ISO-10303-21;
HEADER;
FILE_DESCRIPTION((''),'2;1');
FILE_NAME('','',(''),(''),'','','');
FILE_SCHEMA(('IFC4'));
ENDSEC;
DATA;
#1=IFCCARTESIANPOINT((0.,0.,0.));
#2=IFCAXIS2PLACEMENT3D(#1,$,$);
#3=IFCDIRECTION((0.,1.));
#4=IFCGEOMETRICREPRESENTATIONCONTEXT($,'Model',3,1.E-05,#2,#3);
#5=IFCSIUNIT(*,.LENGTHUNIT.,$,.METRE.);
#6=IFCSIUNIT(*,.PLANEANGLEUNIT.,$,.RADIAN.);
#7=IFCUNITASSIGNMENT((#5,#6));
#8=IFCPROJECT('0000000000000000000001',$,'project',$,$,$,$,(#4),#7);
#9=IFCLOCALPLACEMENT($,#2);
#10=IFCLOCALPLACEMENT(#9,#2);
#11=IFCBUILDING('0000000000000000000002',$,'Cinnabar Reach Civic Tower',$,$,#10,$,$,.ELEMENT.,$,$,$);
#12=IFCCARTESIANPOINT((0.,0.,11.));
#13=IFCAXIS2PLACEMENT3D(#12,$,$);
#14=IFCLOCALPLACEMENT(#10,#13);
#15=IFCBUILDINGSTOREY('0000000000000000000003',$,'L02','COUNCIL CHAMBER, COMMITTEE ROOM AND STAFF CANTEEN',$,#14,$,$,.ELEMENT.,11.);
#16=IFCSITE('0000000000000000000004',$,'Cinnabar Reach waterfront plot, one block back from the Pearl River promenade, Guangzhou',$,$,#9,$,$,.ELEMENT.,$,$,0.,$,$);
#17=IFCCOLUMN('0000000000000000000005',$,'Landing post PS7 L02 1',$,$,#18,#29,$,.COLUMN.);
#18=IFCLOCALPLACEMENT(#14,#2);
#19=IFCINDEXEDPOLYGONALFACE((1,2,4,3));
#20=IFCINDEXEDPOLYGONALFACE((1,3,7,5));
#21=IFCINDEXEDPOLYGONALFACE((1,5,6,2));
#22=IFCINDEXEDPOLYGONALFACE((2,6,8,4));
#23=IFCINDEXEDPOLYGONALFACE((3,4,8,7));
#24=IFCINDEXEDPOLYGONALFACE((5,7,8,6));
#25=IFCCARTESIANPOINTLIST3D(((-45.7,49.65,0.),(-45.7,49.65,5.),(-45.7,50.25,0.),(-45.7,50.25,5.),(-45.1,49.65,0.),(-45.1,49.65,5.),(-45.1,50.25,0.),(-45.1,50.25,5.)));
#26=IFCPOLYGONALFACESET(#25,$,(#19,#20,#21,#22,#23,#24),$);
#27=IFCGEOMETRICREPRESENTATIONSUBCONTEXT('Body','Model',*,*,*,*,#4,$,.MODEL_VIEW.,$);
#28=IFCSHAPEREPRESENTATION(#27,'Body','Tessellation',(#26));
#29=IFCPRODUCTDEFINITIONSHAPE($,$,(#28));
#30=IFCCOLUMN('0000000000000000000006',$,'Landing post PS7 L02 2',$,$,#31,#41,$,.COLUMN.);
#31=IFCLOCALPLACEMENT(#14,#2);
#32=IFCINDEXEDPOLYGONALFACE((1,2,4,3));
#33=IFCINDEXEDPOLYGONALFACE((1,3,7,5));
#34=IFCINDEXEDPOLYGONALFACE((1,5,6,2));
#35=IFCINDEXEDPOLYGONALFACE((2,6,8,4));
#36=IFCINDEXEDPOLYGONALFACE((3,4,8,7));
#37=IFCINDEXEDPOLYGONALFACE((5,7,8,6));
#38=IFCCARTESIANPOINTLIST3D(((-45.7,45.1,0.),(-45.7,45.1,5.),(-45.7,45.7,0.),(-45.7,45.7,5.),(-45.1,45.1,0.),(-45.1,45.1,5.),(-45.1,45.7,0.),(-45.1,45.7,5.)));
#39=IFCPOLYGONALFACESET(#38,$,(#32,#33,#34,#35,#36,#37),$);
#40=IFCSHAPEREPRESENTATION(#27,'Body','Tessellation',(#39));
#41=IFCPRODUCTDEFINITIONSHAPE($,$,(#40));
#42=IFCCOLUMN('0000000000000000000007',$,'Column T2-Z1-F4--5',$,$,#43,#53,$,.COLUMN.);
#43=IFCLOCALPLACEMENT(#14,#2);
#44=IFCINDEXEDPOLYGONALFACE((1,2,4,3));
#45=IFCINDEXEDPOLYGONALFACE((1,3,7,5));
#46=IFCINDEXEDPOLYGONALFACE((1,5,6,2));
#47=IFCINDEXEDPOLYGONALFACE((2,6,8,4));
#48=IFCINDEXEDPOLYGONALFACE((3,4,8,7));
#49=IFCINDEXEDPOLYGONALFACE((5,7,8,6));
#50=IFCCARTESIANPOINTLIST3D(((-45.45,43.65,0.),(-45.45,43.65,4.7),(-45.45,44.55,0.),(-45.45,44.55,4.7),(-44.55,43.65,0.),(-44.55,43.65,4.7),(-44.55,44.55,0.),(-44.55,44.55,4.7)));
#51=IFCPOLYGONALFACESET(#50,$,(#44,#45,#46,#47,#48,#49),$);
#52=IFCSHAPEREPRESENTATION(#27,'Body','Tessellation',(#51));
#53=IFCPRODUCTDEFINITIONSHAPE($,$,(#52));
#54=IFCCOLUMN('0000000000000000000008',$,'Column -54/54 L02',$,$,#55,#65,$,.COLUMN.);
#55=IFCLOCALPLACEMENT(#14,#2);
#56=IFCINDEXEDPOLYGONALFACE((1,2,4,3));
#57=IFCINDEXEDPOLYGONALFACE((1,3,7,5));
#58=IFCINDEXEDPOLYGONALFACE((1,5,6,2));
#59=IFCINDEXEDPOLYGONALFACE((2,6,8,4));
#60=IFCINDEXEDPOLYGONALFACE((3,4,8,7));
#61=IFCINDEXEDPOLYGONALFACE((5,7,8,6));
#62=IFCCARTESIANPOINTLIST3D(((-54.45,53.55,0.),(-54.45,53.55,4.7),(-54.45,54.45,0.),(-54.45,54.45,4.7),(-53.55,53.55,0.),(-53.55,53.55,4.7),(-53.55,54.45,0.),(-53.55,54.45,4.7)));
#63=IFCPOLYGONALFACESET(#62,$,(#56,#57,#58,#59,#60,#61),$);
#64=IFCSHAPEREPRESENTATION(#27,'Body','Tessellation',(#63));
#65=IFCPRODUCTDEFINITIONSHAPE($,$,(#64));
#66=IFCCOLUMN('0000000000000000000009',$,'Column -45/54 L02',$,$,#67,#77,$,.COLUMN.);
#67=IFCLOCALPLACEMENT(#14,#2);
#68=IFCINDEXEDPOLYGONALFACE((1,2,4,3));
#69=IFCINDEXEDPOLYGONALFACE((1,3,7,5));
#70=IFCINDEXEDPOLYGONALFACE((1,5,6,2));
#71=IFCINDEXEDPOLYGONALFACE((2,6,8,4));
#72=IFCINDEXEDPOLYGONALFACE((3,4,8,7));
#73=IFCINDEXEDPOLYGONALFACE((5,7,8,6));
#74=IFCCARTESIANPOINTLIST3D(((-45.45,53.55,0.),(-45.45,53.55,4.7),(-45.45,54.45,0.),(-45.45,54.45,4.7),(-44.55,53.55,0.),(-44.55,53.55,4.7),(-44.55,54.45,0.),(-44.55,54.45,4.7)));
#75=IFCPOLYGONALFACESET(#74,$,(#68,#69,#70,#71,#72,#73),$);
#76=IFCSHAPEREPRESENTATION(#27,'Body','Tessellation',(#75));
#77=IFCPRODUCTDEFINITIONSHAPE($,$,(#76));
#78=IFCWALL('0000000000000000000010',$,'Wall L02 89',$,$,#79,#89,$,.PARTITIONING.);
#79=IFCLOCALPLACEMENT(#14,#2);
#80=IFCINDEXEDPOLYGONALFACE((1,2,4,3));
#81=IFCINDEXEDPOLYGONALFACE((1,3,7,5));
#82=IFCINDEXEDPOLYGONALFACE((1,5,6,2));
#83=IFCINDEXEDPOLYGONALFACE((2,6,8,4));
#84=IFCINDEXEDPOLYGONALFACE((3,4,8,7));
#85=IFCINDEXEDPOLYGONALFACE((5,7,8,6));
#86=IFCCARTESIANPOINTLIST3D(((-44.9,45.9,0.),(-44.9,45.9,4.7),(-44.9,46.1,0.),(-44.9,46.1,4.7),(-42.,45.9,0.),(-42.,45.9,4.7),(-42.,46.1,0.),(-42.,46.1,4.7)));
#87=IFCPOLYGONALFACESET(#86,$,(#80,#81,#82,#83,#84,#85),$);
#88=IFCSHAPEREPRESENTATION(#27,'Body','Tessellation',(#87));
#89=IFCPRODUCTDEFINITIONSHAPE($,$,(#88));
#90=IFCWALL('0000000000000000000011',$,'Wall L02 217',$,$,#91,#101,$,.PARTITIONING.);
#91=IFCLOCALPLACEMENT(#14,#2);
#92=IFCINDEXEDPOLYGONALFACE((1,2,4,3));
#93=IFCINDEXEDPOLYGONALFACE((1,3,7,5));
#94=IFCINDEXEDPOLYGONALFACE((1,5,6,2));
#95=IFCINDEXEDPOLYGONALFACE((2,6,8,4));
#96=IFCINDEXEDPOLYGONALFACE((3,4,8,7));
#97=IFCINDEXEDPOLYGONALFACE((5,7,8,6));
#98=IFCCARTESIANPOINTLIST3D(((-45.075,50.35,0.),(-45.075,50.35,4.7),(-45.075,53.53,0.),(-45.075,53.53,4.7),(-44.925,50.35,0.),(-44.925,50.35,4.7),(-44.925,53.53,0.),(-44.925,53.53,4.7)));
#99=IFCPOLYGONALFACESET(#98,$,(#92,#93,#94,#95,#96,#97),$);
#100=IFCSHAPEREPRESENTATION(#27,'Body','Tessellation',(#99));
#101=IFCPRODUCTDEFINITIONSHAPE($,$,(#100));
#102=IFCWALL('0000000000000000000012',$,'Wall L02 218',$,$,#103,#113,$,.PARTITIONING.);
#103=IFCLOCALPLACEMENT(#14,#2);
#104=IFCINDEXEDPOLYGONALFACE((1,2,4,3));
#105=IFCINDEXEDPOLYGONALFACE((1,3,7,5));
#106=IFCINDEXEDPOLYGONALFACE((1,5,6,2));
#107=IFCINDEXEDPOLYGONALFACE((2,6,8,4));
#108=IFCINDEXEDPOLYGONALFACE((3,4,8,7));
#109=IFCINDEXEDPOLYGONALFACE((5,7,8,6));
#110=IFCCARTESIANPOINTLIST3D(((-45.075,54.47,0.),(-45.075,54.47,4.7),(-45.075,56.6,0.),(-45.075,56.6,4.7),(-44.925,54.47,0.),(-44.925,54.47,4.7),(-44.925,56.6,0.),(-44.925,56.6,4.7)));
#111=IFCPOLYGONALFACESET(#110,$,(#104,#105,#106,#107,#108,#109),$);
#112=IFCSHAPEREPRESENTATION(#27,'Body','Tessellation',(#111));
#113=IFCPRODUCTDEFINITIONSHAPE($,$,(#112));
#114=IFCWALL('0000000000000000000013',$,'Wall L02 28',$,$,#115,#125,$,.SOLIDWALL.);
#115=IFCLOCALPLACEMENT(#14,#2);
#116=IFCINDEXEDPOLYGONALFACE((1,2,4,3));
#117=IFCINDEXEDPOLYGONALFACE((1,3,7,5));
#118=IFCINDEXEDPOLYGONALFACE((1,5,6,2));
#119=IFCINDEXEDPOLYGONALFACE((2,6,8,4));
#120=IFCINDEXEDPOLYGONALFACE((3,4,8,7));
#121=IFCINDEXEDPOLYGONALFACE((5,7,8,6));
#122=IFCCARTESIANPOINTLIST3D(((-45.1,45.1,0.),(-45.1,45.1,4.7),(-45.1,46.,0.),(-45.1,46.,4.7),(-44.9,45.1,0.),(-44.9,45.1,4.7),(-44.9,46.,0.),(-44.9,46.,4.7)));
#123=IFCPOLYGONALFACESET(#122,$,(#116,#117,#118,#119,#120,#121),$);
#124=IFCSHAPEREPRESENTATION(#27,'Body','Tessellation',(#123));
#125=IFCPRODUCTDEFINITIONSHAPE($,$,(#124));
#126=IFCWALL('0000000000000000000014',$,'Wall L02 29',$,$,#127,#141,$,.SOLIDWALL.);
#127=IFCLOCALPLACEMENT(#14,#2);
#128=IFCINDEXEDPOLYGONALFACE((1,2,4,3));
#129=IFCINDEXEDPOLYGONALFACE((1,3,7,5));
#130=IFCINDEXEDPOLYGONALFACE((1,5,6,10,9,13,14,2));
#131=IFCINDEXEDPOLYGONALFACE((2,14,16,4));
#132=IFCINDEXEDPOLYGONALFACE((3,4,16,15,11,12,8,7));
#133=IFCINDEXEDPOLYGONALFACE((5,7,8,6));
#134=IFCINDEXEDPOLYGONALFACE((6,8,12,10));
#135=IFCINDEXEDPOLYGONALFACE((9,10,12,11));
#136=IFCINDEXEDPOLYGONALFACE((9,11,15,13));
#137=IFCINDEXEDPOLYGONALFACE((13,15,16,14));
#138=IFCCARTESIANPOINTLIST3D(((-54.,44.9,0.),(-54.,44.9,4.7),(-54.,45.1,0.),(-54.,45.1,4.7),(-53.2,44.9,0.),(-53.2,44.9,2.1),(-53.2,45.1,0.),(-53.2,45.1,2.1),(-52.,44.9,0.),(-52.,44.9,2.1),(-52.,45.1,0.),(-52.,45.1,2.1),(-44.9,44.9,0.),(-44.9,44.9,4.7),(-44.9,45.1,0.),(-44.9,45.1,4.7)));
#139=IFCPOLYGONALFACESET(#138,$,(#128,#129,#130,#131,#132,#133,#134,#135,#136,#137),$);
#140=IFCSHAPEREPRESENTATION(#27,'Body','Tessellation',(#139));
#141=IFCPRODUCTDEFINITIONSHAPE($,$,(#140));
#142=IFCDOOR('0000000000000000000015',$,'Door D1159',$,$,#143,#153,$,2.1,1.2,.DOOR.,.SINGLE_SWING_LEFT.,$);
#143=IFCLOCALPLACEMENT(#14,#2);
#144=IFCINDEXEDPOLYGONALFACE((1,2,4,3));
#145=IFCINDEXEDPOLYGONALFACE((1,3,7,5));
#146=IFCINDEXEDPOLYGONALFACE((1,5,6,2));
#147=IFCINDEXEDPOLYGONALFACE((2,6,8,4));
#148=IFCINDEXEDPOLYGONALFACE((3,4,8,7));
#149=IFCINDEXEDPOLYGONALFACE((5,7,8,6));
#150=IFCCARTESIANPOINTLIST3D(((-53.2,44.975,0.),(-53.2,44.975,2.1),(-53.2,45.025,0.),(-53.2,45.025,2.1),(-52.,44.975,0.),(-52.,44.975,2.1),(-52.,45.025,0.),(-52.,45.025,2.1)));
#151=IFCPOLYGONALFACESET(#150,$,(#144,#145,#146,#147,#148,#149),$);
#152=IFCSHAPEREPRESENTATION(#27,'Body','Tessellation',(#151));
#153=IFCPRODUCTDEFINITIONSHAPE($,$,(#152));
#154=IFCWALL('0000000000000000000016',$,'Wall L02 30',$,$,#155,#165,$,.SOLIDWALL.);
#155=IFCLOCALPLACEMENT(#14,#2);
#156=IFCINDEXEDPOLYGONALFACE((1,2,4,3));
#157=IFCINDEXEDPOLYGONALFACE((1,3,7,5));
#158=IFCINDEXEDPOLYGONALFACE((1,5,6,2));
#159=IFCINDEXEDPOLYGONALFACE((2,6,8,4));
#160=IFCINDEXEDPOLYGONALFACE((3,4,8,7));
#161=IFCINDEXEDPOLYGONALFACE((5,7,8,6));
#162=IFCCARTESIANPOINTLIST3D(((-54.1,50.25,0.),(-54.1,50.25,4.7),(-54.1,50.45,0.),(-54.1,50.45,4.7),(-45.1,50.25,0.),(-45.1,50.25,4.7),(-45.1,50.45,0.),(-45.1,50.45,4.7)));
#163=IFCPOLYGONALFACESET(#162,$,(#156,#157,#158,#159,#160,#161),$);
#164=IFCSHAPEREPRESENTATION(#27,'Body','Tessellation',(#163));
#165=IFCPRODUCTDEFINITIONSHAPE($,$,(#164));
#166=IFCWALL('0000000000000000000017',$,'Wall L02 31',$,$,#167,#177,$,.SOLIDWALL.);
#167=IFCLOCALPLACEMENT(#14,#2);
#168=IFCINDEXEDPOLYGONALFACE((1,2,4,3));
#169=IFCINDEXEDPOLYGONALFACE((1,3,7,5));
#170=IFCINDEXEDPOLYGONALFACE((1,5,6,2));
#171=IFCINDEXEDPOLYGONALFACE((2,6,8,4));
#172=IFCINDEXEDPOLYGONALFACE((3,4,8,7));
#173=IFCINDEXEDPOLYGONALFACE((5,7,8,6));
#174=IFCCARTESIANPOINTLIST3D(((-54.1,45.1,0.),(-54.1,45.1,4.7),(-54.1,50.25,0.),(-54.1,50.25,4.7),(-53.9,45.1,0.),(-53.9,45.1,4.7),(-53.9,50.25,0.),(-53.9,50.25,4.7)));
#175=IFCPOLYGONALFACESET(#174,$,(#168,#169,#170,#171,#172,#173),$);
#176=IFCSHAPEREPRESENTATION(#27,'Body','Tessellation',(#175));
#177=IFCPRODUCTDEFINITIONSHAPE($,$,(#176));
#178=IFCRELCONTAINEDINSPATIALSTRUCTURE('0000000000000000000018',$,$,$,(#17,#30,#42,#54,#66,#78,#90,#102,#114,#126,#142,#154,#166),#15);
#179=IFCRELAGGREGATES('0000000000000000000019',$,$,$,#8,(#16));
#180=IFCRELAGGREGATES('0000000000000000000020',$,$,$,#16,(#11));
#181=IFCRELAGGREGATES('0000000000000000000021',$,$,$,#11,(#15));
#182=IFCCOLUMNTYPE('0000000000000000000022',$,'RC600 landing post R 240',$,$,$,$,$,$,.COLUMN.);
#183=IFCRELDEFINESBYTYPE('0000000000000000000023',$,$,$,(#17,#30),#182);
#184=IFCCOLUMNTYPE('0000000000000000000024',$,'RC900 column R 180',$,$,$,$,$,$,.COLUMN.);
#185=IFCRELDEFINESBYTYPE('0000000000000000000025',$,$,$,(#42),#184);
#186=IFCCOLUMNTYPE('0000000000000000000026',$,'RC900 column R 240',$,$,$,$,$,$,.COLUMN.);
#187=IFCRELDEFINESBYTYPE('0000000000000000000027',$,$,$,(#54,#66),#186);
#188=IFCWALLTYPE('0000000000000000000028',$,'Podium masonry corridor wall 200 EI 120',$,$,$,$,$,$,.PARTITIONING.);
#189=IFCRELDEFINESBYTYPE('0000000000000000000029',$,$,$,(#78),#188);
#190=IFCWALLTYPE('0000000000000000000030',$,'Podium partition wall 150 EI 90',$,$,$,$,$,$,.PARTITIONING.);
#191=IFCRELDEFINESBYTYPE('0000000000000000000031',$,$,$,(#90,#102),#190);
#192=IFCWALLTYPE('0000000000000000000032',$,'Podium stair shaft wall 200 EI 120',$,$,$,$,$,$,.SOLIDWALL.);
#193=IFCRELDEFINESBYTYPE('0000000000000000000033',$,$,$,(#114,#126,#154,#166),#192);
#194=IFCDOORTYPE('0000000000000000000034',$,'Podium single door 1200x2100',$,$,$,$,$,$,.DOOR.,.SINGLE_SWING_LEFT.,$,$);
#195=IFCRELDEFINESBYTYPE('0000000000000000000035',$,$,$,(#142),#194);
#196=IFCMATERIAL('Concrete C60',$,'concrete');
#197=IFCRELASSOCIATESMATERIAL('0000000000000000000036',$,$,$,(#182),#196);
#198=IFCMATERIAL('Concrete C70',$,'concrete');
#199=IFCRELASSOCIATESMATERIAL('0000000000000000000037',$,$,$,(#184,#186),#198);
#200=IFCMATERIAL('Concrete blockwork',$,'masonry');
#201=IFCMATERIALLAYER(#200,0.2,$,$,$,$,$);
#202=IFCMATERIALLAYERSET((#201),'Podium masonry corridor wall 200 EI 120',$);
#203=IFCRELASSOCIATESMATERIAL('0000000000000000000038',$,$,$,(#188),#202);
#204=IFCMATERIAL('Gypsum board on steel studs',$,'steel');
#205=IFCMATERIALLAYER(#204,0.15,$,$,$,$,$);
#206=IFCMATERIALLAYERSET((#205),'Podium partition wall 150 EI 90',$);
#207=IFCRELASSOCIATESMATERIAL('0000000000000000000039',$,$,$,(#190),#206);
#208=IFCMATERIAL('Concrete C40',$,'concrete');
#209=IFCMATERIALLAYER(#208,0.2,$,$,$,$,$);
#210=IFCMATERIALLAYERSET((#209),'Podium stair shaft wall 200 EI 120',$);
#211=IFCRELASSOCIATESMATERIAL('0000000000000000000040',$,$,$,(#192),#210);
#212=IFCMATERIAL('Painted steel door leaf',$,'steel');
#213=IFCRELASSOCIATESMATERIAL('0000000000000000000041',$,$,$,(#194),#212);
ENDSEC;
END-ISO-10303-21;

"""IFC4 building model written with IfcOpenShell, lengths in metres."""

from ifc_helpers import new_model, si_unit, direction, frame, frame_2d, origin, origin_2d, place, context, subcontext, project, spatial, rectangle, extrude, material, layer, layer_set, material_profile, profile_set, type_object, element, fill, save


model = new_model("IFC4")

# Units and contexts
model_context = context("Model", 3, precision=1e-05, world=origin(), true_north=direction((0.0, 1.0)))
body_context = subcontext(model_context, "Body", "Model", "MODEL_VIEW")
ifc_project = project(units=[si_unit("LENGTHUNIT", "METRE"), si_unit("PLANEANGLEUNIT", "RADIAN")], contexts=[model_context])

# Site, building, storey
site_placement = place(None, origin())
site = spatial("IfcSite", under=ifc_project, at=site_placement, Name="Cinnabar Reach waterfront plot, one block back from the Pearl River promenade, Guangzhou", CompositionType="ELEMENT", RefElevation=0.0)
building_placement = place(site_placement, origin())
building = spatial("IfcBuilding", under=site, at=building_placement, Name="Cinnabar Reach Civic Tower", CompositionType="ELEMENT")
storey_placement = place(building_placement, frame((0.0, 0.0, 11.0)))
storey = spatial("IfcBuildingStorey", under=building, at=storey_placement, Name="L02", Description="COUNCIL CHAMBER, COMMITTEE ROOM AND STAFF CANTEEN", CompositionType="ELEMENT", Elevation=11.0)

# Columns
ifc_material_1 = material(Name="Concrete C60", Category="concrete")
ifc_material_profile_1 = material_profile(ifc_material_1, rectangle(XDim=0.6, YDim=0.6, at=origin_2d()), Name="RC600")
ifc_profile_set_1 = profile_set([ifc_material_profile_1], Name="Concrete C60")
column_type_1 = type_object("IfcColumnType", Name="RC600 landing post R 240", PredefinedType="COLUMN", material=ifc_profile_set_1)
for number, where, z_axis, x_axis, name in (
    (1, (-45.4, 49.95, 0.0), (0.0, 0.0, 1.0), (1.0, 0.0, 0.0), "Landing post PS7 L02 1"),
    (2, (-45.4, 45.4, 0.0), (0.0, 0.0, 1.0), (1.0, 0.0, 0.0), "Landing post PS7 L02 2"),
):
    element("IfcColumn", number, at=place(storey_placement, frame(where, z_axis=z_axis, x_axis=x_axis)), inside=storey, type_object=column_type_1, Name=name, PredefinedType="COLUMN", context=body_context, shape_type="SweptSolid", body=[
        extrude(rectangle(XDim=0.6, YDim=0.6, at=origin_2d()), origin(), (0.0, 0.0, 1.0), 5.0),
    ])
ifc_material_2 = material(Name="Concrete C70", Category="concrete")
ifc_material_profile_2 = material_profile(ifc_material_2, rectangle(XDim=0.9, YDim=0.9, at=origin_2d()), Name="RC900")
ifc_profile_set_2 = profile_set([ifc_material_profile_2], Name="Concrete C70")
column_type_2 = type_object("IfcColumnType", Name="RC900 column R 180", PredefinedType="COLUMN", material=ifc_profile_set_2)
column_placement = place(storey_placement, frame((-45.0, 44.1, 0.0), z_axis=(0.0, 0.0, 1.0), x_axis=(1.0, 0.0, 0.0)))
element("IfcColumn", 3, at=column_placement, inside=storey, type_object=column_type_2, Name="Column T2-Z1-F4--5", PredefinedType="COLUMN", context=body_context, shape_type="SweptSolid", body=[
    extrude(rectangle(XDim=0.9, YDim=0.9, at=origin_2d()), origin(), (0.0, 0.0, 1.0), 4.7),
])
ifc_material_profile_3 = material_profile(ifc_material_2, rectangle(XDim=0.9, YDim=0.9, at=origin_2d()), Name="RC900")
ifc_profile_set_3 = profile_set([ifc_material_profile_3], Name="Concrete C70")
column_type_3 = type_object("IfcColumnType", Name="RC900 column R 240", PredefinedType="COLUMN", material=ifc_profile_set_3)
for number, where, z_axis, x_axis, name in (
    (4, (-54.0, 54.0, 0.0), (0.0, 0.0, 1.0), (1.0, 0.0, 0.0), "Column -54/54 L02"),
    (5, (-45.0, 54.0, 0.0), (0.0, 0.0, 1.0), (1.0, 0.0, 0.0), "Column -45/54 L02"),
):
    element("IfcColumn", number, at=place(storey_placement, frame(where, z_axis=z_axis, x_axis=x_axis)), inside=storey, type_object=column_type_3, Name=name, PredefinedType="COLUMN", context=body_context, shape_type="SweptSolid", body=[
        extrude(rectangle(XDim=0.9, YDim=0.9, at=origin_2d()), origin(), (0.0, 0.0, 1.0), 4.7),
    ])

# Walls
ifc_material_3 = material(Name="Concrete blockwork", Category="masonry")
ifc_layer_1 = layer(ifc_material_3, 0.2)
ifc_layer_set_1 = layer_set([ifc_layer_1], Name="Podium masonry corridor wall 200 EI 120")
wall_type_1 = type_object("IfcWallType", Name="Podium masonry corridor wall 200 EI 120", PredefinedType="PARTITIONING", material=ifc_layer_set_1)
wall_1_placement = place(storey_placement, frame((-44.9, 46.0, 0.0), z_axis=(0.0, 0.0, 1.0), x_axis=(1.0, 0.0, 0.0)))
element("IfcWall", 6, at=wall_1_placement, inside=storey, type_object=wall_type_1, Name="Wall L02 89", PredefinedType="PARTITIONING", context=body_context, shape_type="SweptSolid", body=[
    extrude(rectangle(XDim=2.9, YDim=0.2, at=frame_2d((1.45, 0.0))), origin(), (0.0, 0.0, 1.0), 4.7),
])
ifc_material_4 = material(Name="Gypsum board on steel studs", Category="steel")
ifc_layer_2 = layer(ifc_material_4, 0.15)
ifc_layer_set_2 = layer_set([ifc_layer_2], Name="Podium partition wall 150 EI 90")
wall_type_2 = type_object("IfcWallType", Name="Podium partition wall 150 EI 90", PredefinedType="PARTITIONING", material=ifc_layer_set_2)
wall_2_placement = place(storey_placement, frame((-45.0, 50.35, 0.0), z_axis=(0.0, 0.0, 1.0), x_axis=(0.0, 1.0, 0.0)))
element("IfcWall", 7, at=wall_2_placement, inside=storey, type_object=wall_type_2, Name="Wall L02 217", PredefinedType="PARTITIONING", context=body_context, shape_type="SweptSolid", body=[
    extrude(rectangle(XDim=3.18, YDim=0.15, at=frame_2d((1.59, 0.0))), origin(), (0.0, 0.0, 1.0), 4.7),
])
wall_3_placement = place(storey_placement, frame((-45.0, 54.47, 0.0), z_axis=(0.0, 0.0, 1.0), x_axis=(0.0, 1.0, 0.0)))
element("IfcWall", 8, at=wall_3_placement, inside=storey, type_object=wall_type_2, Name="Wall L02 218", PredefinedType="PARTITIONING", context=body_context, shape_type="SweptSolid", body=[
    extrude(rectangle(XDim=2.13, YDim=0.15, at=frame_2d((1.065, 0.0))), origin(), (0.0, 0.0, 1.0), 4.7),
])
ifc_material_5 = material(Name="Concrete C40", Category="concrete")
ifc_layer_3 = layer(ifc_material_5, 0.2)
ifc_layer_set_3 = layer_set([ifc_layer_3], Name="Podium stair shaft wall 200 EI 120")
wall_type_3 = type_object("IfcWallType", Name="Podium stair shaft wall 200 EI 120", PredefinedType="SOLIDWALL", material=ifc_layer_set_3)
wall_4_placement = place(storey_placement, frame((-45.0, 45.1, 0.0), z_axis=(0.0, 0.0, 1.0), x_axis=(0.0, 1.0, 0.0)))
element("IfcWall", 9, at=wall_4_placement, inside=storey, type_object=wall_type_3, Name="Wall L02 28", PredefinedType="SOLIDWALL", context=body_context, shape_type="SweptSolid", body=[
    extrude(rectangle(XDim=0.9, YDim=0.2, at=frame_2d((0.45, 0.0))), origin(), (0.0, 0.0, 1.0), 4.7),
])

# Wall, opening, door
wall_5_placement = place(storey_placement, frame((-54.0, 45.0, 0.0), z_axis=(0.0, 0.0, 1.0), x_axis=(1.0, 0.0, 0.0)))
wall_5 = element("IfcWall", 10, at=wall_5_placement, inside=storey, type_object=wall_type_3, Name="Wall L02 29", PredefinedType="SOLIDWALL", context=body_context, shape_type="SweptSolid", body=[
    extrude(rectangle(XDim=9.1, YDim=0.2, at=frame_2d((4.55, 0.0))), origin(), (0.0, 0.0, 1.0), 4.7),
])
opening_placement = place(wall_5_placement, frame((0.8, 0.0, 0.0)))
opening = element("IfcOpeningElement", 11, at=opening_placement, cuts=wall_5, PredefinedType="OPENING", context=body_context, shape_type="SweptSolid", body=[
    extrude(rectangle(XDim=1.2, YDim=2.1, at=frame_2d((0.6, 1.05))), frame((0.0, 0.11, 0.0), z_axis=(0.0, -1.0, 0.0), x_axis=(1.0, 0.0, 0.0)), (0.0, 0.0, 1.0), 0.22),
])
ifc_material_6 = material(Name="Painted steel door leaf", Category="steel")
door_type = type_object("IfcDoorType", Name="Podium single door 1200x2100", OperationType="SINGLE_SWING_LEFT", PredefinedType="DOOR", material=ifc_material_6)
door_placement = place(opening_placement, origin())
door = element("IfcDoor", 12, at=door_placement, inside=storey, type_object=door_type, Name="Door D1159", OperationType="SINGLE_SWING_LEFT", OverallHeight=2.1, OverallWidth=1.2, PredefinedType="DOOR", context=body_context, shape_type="SweptSolid", body=[
    extrude(rectangle(XDim=1.2, YDim=2.1, at=frame_2d((0.6, 1.05))), frame((0.0, 0.025, 0.0), z_axis=(0.0, -1.0, 0.0), x_axis=(1.0, 0.0, 0.0)), (0.0, 0.0, 1.0), 0.05),
])
fill(opening, door)

# Walls
wall_6_placement = place(storey_placement, frame((-54.1, 50.35, 0.0), z_axis=(0.0, 0.0, 1.0), x_axis=(1.0, 0.0, 0.0)))
element("IfcWall", 13, at=wall_6_placement, inside=storey, type_object=wall_type_3, Name="Wall L02 30", PredefinedType="SOLIDWALL", context=body_context, shape_type="SweptSolid", body=[
    extrude(rectangle(XDim=9.0, YDim=0.2, at=frame_2d((4.5, 0.0))), origin(), (0.0, 0.0, 1.0), 4.7),
])
wall_7_placement = place(storey_placement, frame((-54.0, 45.1, 0.0), z_axis=(0.0, 0.0, 1.0), x_axis=(0.0, 1.0, 0.0)))
element("IfcWall", 14, at=wall_7_placement, inside=storey, type_object=wall_type_3, Name="Wall L02 31", PredefinedType="SOLIDWALL", context=body_context, shape_type="SweptSolid", body=[
    extrude(rectangle(XDim=5.15, YDim=0.2, at=frame_2d((2.575, 0.0))), origin(), (0.0, 0.0, 1.0), 4.7),
])

save(model, "model.ifc")
